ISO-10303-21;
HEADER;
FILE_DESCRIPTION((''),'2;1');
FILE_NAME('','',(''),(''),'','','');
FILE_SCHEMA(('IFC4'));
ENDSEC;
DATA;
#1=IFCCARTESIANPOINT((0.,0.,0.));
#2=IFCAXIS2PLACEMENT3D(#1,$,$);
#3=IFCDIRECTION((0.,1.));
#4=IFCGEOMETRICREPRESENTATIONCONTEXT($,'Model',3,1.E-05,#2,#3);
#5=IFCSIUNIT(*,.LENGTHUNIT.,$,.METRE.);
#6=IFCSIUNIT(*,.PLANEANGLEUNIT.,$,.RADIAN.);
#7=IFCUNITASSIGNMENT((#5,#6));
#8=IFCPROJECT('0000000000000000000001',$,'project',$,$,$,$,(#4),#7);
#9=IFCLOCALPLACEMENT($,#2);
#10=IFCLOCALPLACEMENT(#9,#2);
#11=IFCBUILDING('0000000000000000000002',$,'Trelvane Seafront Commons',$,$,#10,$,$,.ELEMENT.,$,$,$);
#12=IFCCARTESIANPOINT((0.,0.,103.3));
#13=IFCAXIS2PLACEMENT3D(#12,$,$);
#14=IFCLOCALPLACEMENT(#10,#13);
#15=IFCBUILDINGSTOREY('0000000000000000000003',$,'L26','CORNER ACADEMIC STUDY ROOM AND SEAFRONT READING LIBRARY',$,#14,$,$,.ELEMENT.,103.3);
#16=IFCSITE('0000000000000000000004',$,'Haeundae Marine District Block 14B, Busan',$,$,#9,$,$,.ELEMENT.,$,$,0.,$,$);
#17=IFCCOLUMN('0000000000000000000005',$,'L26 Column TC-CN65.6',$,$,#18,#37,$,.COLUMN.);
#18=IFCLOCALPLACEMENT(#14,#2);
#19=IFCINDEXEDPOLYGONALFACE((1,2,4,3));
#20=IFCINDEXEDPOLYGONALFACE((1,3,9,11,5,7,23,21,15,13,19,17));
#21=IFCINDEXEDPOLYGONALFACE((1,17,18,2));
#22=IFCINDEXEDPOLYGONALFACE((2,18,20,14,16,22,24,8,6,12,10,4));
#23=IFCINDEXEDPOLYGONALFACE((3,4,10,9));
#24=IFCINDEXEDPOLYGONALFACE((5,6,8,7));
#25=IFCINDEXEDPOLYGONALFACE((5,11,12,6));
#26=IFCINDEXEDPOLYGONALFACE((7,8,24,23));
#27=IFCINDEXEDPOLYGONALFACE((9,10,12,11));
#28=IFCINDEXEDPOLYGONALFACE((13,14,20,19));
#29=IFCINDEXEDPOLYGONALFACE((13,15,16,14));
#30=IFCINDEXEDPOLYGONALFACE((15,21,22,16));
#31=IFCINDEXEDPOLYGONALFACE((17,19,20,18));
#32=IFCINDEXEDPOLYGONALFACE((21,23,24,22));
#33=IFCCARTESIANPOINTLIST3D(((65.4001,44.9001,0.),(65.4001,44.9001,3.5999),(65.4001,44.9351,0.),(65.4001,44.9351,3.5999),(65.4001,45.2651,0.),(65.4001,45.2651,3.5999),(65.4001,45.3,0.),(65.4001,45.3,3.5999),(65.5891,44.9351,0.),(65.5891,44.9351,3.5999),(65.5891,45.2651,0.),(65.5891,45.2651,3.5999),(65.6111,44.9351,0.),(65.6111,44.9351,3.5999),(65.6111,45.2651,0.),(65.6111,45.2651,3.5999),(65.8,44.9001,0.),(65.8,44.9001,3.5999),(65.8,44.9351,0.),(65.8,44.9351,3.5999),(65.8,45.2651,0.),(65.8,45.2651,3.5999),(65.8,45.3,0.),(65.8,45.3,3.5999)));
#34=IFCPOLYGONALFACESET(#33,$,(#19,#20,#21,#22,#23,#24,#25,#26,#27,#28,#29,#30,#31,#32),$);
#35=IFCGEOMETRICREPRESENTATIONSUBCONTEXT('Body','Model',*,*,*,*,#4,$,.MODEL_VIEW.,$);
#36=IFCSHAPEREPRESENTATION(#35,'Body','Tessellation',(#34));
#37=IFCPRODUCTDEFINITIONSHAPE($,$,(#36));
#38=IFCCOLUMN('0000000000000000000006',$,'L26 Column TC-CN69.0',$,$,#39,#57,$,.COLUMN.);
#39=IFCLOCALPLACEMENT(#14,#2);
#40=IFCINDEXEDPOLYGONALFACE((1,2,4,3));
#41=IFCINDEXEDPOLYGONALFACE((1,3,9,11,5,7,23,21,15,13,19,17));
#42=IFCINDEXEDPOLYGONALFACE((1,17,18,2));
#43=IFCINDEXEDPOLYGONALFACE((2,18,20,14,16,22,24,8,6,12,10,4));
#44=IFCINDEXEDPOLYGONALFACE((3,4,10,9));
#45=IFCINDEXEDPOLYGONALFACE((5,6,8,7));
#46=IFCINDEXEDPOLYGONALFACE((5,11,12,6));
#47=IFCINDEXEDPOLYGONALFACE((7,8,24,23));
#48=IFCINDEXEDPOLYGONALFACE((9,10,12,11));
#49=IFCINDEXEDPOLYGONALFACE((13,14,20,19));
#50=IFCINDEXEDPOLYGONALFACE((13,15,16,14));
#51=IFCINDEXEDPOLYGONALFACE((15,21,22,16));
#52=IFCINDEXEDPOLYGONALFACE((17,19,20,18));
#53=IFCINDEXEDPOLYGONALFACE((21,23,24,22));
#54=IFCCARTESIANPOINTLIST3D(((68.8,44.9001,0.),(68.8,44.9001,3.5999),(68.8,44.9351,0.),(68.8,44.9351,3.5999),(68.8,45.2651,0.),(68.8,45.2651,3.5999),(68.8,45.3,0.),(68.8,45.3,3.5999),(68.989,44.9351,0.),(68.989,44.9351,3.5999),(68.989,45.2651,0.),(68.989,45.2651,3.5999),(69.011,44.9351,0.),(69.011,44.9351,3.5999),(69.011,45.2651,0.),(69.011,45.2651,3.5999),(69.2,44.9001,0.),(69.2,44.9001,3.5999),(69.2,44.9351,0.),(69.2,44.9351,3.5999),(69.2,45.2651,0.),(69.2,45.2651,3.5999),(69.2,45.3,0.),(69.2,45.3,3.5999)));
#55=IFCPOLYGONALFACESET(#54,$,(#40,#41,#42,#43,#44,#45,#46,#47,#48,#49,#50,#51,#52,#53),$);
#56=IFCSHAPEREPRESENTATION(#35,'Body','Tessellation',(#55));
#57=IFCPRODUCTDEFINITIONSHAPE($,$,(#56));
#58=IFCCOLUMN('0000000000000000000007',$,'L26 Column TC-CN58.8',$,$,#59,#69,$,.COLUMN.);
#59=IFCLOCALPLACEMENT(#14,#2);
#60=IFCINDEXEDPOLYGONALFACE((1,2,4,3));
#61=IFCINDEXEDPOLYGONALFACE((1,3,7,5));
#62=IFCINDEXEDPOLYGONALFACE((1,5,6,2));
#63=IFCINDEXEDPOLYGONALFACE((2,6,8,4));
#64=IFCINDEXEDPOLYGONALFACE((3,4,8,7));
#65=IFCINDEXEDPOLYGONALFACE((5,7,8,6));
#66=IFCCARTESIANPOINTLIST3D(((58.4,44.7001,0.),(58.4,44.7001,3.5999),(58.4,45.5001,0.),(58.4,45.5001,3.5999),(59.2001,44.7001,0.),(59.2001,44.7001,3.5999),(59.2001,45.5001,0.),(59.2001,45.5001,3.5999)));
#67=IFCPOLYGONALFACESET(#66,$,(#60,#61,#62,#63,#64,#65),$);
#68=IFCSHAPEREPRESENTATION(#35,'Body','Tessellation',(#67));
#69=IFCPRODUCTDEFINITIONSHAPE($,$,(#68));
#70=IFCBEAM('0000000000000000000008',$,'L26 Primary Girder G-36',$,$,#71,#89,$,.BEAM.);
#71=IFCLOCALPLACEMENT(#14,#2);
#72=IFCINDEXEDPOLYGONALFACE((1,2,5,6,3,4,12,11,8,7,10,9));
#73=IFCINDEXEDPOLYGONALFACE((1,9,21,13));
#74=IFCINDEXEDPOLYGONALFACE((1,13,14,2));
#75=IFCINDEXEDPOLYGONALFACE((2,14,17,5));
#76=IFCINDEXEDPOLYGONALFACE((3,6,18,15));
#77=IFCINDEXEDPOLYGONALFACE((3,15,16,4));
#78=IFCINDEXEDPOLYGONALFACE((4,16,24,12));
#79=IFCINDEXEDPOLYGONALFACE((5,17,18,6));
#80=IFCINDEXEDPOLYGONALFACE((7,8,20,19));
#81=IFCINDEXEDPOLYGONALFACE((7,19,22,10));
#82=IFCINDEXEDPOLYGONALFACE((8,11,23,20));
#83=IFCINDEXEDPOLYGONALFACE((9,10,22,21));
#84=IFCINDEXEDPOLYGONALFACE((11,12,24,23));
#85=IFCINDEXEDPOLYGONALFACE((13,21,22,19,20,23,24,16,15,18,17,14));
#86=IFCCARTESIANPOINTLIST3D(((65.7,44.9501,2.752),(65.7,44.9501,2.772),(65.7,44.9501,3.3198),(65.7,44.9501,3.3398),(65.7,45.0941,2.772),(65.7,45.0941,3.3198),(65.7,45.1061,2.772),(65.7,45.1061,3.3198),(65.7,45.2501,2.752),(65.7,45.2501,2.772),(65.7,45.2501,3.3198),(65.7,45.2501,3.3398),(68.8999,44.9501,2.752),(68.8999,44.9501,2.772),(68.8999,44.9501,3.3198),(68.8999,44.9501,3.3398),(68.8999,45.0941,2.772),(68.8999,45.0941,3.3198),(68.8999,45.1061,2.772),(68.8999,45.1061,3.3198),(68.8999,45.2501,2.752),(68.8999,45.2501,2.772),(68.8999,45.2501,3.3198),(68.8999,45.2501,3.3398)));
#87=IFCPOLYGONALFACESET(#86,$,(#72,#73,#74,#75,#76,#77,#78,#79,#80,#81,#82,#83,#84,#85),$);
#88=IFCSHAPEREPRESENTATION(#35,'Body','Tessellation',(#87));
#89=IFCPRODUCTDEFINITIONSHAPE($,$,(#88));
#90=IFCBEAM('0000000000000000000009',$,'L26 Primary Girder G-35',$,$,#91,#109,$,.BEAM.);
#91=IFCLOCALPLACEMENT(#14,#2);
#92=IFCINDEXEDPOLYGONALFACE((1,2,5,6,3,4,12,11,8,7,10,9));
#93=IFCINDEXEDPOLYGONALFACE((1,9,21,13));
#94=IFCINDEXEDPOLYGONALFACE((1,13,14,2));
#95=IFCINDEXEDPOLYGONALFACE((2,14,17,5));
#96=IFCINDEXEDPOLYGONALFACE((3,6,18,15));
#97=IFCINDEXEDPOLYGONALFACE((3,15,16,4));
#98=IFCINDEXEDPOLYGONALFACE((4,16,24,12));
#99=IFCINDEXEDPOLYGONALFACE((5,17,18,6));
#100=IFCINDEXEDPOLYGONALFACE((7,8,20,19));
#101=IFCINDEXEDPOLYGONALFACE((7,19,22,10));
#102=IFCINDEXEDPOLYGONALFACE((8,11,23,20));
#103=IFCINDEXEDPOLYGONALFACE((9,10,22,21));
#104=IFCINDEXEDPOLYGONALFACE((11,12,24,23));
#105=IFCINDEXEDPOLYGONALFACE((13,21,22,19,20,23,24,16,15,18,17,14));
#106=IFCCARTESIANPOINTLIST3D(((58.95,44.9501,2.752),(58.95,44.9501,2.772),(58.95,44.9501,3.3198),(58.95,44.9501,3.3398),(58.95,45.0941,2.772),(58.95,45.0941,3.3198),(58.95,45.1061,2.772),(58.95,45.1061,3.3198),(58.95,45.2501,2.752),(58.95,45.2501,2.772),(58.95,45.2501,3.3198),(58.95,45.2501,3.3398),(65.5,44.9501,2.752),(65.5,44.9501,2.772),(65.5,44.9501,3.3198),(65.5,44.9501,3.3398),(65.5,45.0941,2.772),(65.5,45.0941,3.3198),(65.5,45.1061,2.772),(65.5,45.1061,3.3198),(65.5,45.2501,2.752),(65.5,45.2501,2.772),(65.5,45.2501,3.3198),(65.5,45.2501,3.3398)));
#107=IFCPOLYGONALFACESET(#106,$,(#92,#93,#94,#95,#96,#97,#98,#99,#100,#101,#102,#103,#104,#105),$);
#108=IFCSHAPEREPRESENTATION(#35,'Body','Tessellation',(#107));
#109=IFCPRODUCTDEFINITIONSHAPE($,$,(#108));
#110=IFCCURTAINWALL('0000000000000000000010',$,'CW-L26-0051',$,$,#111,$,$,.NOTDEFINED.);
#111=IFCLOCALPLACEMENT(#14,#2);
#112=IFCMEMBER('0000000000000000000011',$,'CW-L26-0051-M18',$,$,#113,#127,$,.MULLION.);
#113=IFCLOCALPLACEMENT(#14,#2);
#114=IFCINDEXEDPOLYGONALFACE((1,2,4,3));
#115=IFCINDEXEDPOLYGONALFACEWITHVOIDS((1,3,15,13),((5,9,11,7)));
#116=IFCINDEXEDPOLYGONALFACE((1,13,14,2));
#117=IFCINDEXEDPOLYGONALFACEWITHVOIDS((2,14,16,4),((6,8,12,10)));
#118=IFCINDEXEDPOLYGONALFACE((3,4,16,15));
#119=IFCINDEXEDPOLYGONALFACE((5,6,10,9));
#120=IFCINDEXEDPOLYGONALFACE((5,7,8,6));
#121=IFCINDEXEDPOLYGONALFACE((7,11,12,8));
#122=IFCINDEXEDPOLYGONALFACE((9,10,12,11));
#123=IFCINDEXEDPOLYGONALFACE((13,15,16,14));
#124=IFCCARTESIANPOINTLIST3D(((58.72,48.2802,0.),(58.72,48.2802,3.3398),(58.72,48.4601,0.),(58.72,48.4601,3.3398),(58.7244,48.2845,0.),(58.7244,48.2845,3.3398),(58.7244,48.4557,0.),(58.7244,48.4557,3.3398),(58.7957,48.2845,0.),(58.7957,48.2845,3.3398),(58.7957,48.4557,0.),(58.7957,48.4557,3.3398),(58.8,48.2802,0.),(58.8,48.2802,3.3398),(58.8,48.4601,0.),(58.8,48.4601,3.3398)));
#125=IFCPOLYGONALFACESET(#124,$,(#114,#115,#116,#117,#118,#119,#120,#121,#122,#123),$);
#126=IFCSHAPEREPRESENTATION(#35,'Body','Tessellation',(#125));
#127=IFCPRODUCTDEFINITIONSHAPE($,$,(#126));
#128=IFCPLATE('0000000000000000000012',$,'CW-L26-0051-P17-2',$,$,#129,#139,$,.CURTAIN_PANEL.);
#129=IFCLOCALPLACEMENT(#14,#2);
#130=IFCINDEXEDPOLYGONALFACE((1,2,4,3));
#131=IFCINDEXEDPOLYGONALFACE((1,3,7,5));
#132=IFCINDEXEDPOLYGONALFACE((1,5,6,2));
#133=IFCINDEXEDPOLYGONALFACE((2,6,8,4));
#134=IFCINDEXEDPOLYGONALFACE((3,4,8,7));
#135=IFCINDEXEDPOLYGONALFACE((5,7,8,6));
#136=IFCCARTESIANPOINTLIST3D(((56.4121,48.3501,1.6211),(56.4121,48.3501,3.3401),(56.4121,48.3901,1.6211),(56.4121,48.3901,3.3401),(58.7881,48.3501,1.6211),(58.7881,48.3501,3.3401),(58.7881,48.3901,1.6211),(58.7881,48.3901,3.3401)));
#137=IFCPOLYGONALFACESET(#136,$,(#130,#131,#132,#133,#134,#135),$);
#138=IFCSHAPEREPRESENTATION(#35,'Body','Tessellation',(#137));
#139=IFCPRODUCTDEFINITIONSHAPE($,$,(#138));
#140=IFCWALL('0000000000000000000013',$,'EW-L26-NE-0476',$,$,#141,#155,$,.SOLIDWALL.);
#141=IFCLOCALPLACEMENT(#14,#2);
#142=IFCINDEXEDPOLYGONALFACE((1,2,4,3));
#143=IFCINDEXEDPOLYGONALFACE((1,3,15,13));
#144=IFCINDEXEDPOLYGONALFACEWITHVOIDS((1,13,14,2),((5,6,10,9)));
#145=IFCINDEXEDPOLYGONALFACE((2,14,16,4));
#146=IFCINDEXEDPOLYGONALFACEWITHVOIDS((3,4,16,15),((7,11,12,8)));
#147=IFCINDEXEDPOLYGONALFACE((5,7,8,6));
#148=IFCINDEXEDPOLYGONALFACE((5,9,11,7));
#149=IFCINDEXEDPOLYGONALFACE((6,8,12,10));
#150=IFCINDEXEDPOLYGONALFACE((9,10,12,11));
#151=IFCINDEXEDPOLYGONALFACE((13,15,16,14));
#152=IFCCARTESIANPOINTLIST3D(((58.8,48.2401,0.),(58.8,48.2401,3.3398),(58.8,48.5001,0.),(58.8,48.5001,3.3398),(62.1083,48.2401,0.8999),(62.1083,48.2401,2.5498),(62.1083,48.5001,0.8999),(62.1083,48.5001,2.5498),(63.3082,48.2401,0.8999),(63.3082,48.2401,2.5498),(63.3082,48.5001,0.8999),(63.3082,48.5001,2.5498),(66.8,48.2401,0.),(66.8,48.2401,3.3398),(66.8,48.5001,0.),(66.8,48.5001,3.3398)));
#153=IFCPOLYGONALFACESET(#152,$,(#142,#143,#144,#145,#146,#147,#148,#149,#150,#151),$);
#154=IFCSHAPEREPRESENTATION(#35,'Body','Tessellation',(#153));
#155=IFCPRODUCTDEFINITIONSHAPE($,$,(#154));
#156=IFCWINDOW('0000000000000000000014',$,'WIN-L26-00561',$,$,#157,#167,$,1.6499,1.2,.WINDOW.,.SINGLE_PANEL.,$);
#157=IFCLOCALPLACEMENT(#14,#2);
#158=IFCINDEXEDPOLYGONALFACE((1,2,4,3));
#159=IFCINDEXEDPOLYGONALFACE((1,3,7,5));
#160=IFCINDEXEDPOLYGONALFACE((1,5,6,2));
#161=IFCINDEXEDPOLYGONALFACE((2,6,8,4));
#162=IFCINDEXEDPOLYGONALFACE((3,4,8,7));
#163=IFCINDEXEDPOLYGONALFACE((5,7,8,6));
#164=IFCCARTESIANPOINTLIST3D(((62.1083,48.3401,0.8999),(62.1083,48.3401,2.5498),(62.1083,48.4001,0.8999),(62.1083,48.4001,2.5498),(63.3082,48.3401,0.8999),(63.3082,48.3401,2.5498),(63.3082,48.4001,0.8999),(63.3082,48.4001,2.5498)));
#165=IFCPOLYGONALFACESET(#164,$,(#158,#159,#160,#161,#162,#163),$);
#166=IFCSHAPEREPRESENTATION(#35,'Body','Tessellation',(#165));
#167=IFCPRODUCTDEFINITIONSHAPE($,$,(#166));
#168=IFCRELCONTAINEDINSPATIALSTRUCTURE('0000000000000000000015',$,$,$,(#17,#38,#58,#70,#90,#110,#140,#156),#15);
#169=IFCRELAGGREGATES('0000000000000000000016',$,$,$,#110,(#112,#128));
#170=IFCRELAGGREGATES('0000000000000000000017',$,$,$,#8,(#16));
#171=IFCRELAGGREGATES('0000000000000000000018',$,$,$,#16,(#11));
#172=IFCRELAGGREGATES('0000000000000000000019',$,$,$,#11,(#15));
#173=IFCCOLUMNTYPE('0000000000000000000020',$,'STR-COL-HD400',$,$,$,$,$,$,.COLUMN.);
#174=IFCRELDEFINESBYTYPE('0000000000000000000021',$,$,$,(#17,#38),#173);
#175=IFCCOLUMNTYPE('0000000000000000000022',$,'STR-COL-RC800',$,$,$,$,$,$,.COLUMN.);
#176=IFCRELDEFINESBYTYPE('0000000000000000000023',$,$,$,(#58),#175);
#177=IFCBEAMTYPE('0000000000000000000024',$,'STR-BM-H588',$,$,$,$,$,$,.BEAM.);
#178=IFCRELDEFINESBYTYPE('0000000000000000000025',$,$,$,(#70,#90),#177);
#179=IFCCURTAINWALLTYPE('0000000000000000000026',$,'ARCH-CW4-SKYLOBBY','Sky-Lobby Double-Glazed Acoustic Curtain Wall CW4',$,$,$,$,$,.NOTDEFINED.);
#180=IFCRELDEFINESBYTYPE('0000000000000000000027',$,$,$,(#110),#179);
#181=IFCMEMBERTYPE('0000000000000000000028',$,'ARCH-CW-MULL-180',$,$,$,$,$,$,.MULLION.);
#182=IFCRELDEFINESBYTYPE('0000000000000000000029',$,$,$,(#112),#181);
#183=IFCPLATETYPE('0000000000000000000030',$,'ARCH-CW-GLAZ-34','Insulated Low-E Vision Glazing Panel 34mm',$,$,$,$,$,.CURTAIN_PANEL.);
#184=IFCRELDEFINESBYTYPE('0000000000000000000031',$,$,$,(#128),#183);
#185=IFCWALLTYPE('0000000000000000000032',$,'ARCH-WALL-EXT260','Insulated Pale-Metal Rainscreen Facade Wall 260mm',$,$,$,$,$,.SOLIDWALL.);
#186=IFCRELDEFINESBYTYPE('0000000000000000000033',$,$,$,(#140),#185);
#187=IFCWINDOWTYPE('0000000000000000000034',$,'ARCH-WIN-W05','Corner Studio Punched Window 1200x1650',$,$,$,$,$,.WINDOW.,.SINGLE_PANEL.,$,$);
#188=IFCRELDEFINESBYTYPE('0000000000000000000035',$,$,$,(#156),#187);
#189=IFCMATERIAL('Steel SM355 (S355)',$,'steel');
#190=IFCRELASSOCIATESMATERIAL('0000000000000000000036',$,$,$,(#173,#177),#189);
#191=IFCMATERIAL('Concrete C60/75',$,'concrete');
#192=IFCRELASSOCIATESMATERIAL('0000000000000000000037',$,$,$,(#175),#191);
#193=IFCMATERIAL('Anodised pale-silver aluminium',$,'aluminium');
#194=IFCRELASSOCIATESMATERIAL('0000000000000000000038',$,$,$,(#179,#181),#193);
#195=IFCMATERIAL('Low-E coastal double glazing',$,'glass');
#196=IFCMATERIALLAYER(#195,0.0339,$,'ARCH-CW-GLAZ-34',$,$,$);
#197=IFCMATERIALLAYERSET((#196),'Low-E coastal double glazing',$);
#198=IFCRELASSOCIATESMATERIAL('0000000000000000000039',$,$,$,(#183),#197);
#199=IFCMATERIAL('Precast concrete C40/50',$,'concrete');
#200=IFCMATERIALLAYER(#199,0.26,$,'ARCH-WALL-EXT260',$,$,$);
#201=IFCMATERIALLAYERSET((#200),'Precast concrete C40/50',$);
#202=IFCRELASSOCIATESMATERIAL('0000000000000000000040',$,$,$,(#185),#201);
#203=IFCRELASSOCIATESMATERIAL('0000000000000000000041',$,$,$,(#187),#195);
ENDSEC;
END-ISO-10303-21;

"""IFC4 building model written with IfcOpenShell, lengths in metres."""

from ifc_helpers import new_model, si_unit, direction, frame, frame_2d, origin, origin_2d, place, context, subcontext, project, spatial, rectangle, hollow_rectangle, i_section, extrude, source, transform, mapped, material, layer, layer_set, material_profile, profile_set, type_object, element, fill, aggregate, save


model = new_model("IFC4")

# Units and contexts
model_context = context("Model", 3, precision=1e-05, world=origin(), true_north=direction((0.0, 1.0)))
body_context = subcontext(model_context, "Body", "Model", "MODEL_VIEW")
ifc_project = project(units=[si_unit("LENGTHUNIT", "METRE"), si_unit("PLANEANGLEUNIT", "RADIAN")], contexts=[model_context])

# Site, building, storey
site_placement = place(None, origin())
site = spatial("IfcSite", under=ifc_project, at=site_placement, Name="Haeundae Marine District Block 14B, Busan", CompositionType="ELEMENT", RefElevation=0.0)
building_placement = place(site_placement, origin())
building = spatial("IfcBuilding", under=site, at=building_placement, Name="Trelvane Seafront Commons", CompositionType="ELEMENT")
storey_placement = place(building_placement, frame((0.0, 0.0, 103.3)))
storey = spatial("IfcBuildingStorey", under=building, at=storey_placement, Name="L26", Description="CORNER ACADEMIC STUDY ROOM AND SEAFRONT READING LIBRARY", CompositionType="ELEMENT", Elevation=103.3)

# Columns
ifc_material_1 = material(Name="Steel SM355 (S355)", Category="steel")
ifc_material_profile_1 = material_profile(ifc_material_1, i_section(OverallWidth=0.3999, OverallDepth=0.3999, WebThickness=0.022, FlangeThickness=0.0349, at=origin_2d()), Name="HD-400x400x22x35")
ifc_profile_set_1 = profile_set([ifc_material_profile_1], Name="Steel SM355 (S355)")
column_type_1 = type_object("IfcColumnType", Name="STR-COL-HD400", PredefinedType="COLUMN", material=ifc_profile_set_1)
shared_shape_1 = source(origin(), body_context, "Body", "SweptSolid", [
    extrude(i_section(OverallWidth=0.3999, OverallDepth=0.3999, WebThickness=0.022, FlangeThickness=0.0349, at=origin_2d()), origin(), (0.0, 0.0, 1.0), 3.5999),
])
for number, where, z_axis, x_axis, name in (
    (1, (65.6001, 45.1001, 0.0), (0.0, 0.0, 1.0), (1.0, 0.0, 0.0), "L26 Column TC-CN65.6"),
    (2, (69.0, 45.1001, 0.0), (0.0, 0.0, 1.0), (1.0, 0.0, 0.0), "L26 Column TC-CN69.0"),
):
    element("IfcColumn", number, at=place(storey_placement, frame(where, z_axis=z_axis, x_axis=x_axis)), inside=storey, type_object=column_type_1, Name=name, PredefinedType="COLUMN", context=body_context, shape_type="MappedRepresentation", body=[
        mapped(shared_shape_1, transform((0.0, 0.0, 0.0), x_axis=(1.0, 0.0, 0.0), y_axis=(0.0, 1.0, 0.0), z_axis=(0.0, 0.0, 1.0), scale=1.0)),
    ])
ifc_material_2 = material(Name="Concrete C60/75", Category="concrete")
ifc_material_profile_2 = material_profile(ifc_material_2, rectangle(XDim=0.8, YDim=0.8, at=origin_2d()), Name="RC-800x800")
ifc_profile_set_2 = profile_set([ifc_material_profile_2], Name="Concrete C60/75")
column_type_2 = type_object("IfcColumnType", Name="STR-COL-RC800", PredefinedType="COLUMN", material=ifc_profile_set_2)
shared_shape_2 = source(origin(), body_context, "Body", "SweptSolid", [
    extrude(rectangle(XDim=0.8, YDim=0.8, at=origin_2d()), origin(), (0.0, 0.0, 1.0), 3.5999),
])
column_placement = place(storey_placement, frame((58.8, 45.1001, 0.0), z_axis=(0.0, 0.0, 1.0), x_axis=(1.0, 0.0, 0.0)))
element("IfcColumn", 3, at=column_placement, inside=storey, type_object=column_type_2, Name="L26 Column TC-CN58.8", PredefinedType="COLUMN", context=body_context, shape_type="MappedRepresentation", body=[
    mapped(shared_shape_2, transform((0.0, 0.0, 0.0), x_axis=(1.0, 0.0, 0.0), y_axis=(0.0, 1.0, 0.0), z_axis=(0.0, 0.0, 1.0), scale=1.0)),
])

# Beams
ifc_material_profile_3 = material_profile(ifc_material_1, i_section(OverallWidth=0.3, OverallDepth=0.5879, WebThickness=0.012, FlangeThickness=0.02, at=origin_2d()), Name="H-588x300x12x20")
ifc_profile_set_3 = profile_set([ifc_material_profile_3], Name="Steel SM355 (S355)")
beam_type = type_object("IfcBeamType", Name="STR-BM-H588", PredefinedType="BEAM", material=ifc_profile_set_3)
shared_shape_3 = source(origin(), body_context, "Body", "SweptSolid", [
    extrude(i_section(OverallWidth=0.3, OverallDepth=0.5879, WebThickness=0.012, FlangeThickness=0.02, at=origin_2d()), origin(), (0.0, 0.0, 1.0), 3.2),
])
beam_1_placement = place(storey_placement, frame((65.7, 45.1001, 3.0459), z_axis=(1.0, 0.0, 0.0), x_axis=(0.0, 1.0, 0.0)))
element("IfcBeam", 4, at=beam_1_placement, inside=storey, type_object=beam_type, Name="L26 Primary Girder G-36", PredefinedType="BEAM", context=body_context, shape_type="MappedRepresentation", body=[
    mapped(shared_shape_3, transform((0.0, 0.0, 0.0), x_axis=(1.0, 0.0, 0.0), y_axis=(0.0, 1.0, 0.0), z_axis=(0.0, 0.0, 1.0), scale=1.0)),
])
shared_shape_4 = source(origin(), body_context, "Body", "SweptSolid", [
    extrude(i_section(OverallWidth=0.3, OverallDepth=0.5879, WebThickness=0.012, FlangeThickness=0.02, at=origin_2d()), origin(), (0.0, 0.0, 1.0), 6.55),
])
beam_2_placement = place(storey_placement, frame((58.95, 45.1001, 3.0459), z_axis=(1.0, 0.0, 0.0), x_axis=(0.0, 1.0, 0.0)))
element("IfcBeam", 5, at=beam_2_placement, inside=storey, type_object=beam_type, Name="L26 Primary Girder G-35", PredefinedType="BEAM", context=body_context, shape_type="MappedRepresentation", body=[
    mapped(shared_shape_4, transform((0.0, 0.0, 0.0), x_axis=(1.0, 0.0, 0.0), y_axis=(0.0, 1.0, 0.0), z_axis=(0.0, 0.0, 1.0), scale=1.0)),
])

# Curtain wall, member, plate
ifc_material_3 = material(Name="Anodised pale-silver aluminium", Category="aluminium")
curtain_wall_type = type_object("IfcCurtainWallType", Name="ARCH-CW4-SKYLOBBY", Description="Sky-Lobby Double-Glazed Acoustic Curtain Wall CW4", PredefinedType="NOTDEFINED", material=ifc_material_3)
curtain_wall_placement = place(storey_placement, origin())
curtain_wall = element("IfcCurtainWall", 6, at=curtain_wall_placement, inside=storey, type_object=curtain_wall_type, Name="CW-L26-0051", PredefinedType="NOTDEFINED")
ifc_material_profile_4 = material_profile(ifc_material_3, hollow_rectangle(XDim=0.0801, YDim=0.1799, WallThickness=0.0044, at=origin_2d()), Name="MULL-80x180x4.5")
ifc_profile_set_4 = profile_set([ifc_material_profile_4], Name="Anodised pale-silver aluminium")
member_type = type_object("IfcMemberType", Name="ARCH-CW-MULL-180", PredefinedType="MULLION", material=ifc_profile_set_4)
shared_shape_5 = source(origin(), body_context, "Body", "SweptSolid", [
    extrude(hollow_rectangle(XDim=0.0801, YDim=0.1799, WallThickness=0.0044, at=origin_2d()), origin(), (0.0, 0.0, 1.0), 3.3398),
])
member_placement = place(storey_placement, frame((58.76, 48.3701, 0.0), z_axis=(0.0, 0.0, 1.0), x_axis=(1.0, 0.0, 0.0)))
member = element("IfcMember", 7, at=member_placement, type_object=member_type, Name="CW-L26-0051-M18", PredefinedType="MULLION", context=body_context, shape_type="MappedRepresentation", body=[
    mapped(shared_shape_5, transform((0.0, 0.0, 0.0), x_axis=(1.0, 0.0, 0.0), y_axis=(0.0, 1.0, 0.0), z_axis=(0.0, 0.0, 1.0), scale=1.0)),
])
ifc_material_4 = material(Name="Low-E coastal double glazing", Category="glass")
ifc_layer_1 = layer(ifc_material_4, 0.0339, Name="ARCH-CW-GLAZ-34")
ifc_layer_set_1 = layer_set([ifc_layer_1], Name="Low-E coastal double glazing")
plate_type = type_object("IfcPlateType", Name="ARCH-CW-GLAZ-34", Description="Insulated Low-E Vision Glazing Panel 34mm", PredefinedType="CURTAIN_PANEL", material=ifc_layer_set_1)
shared_shape_6 = source(origin(), body_context, "Body", "SweptSolid", [
    extrude(rectangle(XDim=2.376, YDim=0.04, at=origin_2d()), origin(), (0.0, 0.0, 1.0), 1.719),
])
plate_placement = place(storey_placement, frame((57.6001, 48.3701, 1.6211), z_axis=(0.0, 0.0, 1.0), x_axis=(1.0, 0.0, 0.0)))
plate = element("IfcPlate", 8, at=plate_placement, type_object=plate_type, Name="CW-L26-0051-P17-2", PredefinedType="CURTAIN_PANEL", context=body_context, shape_type="MappedRepresentation", body=[
    mapped(shared_shape_6, transform((0.0, 0.0, 0.0), x_axis=(1.0, 0.0, 0.0), y_axis=(0.0, 1.0, 0.0), z_axis=(0.0, 0.0, 1.0), scale=1.0)),
])
aggregate(curtain_wall, [member, plate])

# Wall, opening, window
ifc_material_5 = material(Name="Precast concrete C40/50", Category="concrete")
ifc_layer_2 = layer(ifc_material_5, 0.26, Name="ARCH-WALL-EXT260")
ifc_layer_set_2 = layer_set([ifc_layer_2], Name="Precast concrete C40/50")
wall_type = type_object("IfcWallType", Name="ARCH-WALL-EXT260", Description="Insulated Pale-Metal Rainscreen Facade Wall 260mm", PredefinedType="SOLIDWALL", material=ifc_layer_set_2)
wall_1_placement = place(storey_placement, frame((58.8, 48.3701, 0.0), z_axis=(0.0, 0.0, 1.0), x_axis=(1.0, 0.0, 0.0)))
wall_1 = element("IfcWall", 9, at=wall_1_placement, inside=storey, type_object=wall_type, Name="EW-L26-NE-0476", PredefinedType="SOLIDWALL", context=body_context, shape_type="SweptSolid", body=[
    extrude(rectangle(XDim=8.0, YDim=0.26, at=frame_2d((4.0, 0.0))), origin(), (0.0, 0.0, 1.0), 3.3398),
])
opening_1_placement = place(wall_1_placement, frame((3.3081, 0.0, 0.8999)))
opening_1 = element("IfcOpeningElement", 10, at=opening_1_placement, cuts=wall_1, PredefinedType="OPENING", context=body_context, shape_type="SweptSolid", body=[
    extrude(rectangle(XDim=1.2, YDim=1.6499, at=frame_2d((0.6001, 0.825))), frame((0.0, 0.1399, 0.0), z_axis=(0.0, -1.0, 0.0), x_axis=(1.0, 0.0, 0.0)), (0.0, 0.0, 1.0), 0.28),
])
window_type_1 = type_object("IfcWindowType", Name="ARCH-WIN-W05", Description="Corner Studio Punched Window 1200x1650", PartitioningType="SINGLE_PANEL", PredefinedType="WINDOW", material=ifc_material_4)
shared_shape_7 = source(origin(), body_context, "Body", "SweptSolid", [
    extrude(rectangle(XDim=1.2, YDim=1.6499, at=frame_2d((0.6001, 0.825))), frame((0.0, 0.03, 0.0), z_axis=(0.0, -1.0, 0.0), x_axis=(1.0, 0.0, 0.0)), (0.0, 0.0, 1.0), 0.0601),
])
window_1_placement = place(opening_1_placement, origin())
window_1 = element("IfcWindow", 11, at=window_1_placement, inside=storey, type_object=window_type_1, Name="WIN-L26-00561", OverallHeight=1.6499, OverallWidth=1.2, PartitioningType="SINGLE_PANEL", PredefinedType="WINDOW", context=body_context, shape_type="MappedRepresentation", body=[
    mapped(shared_shape_7, transform((0.0, 0.0, 0.0), x_axis=(1.0, 0.0, 0.0), y_axis=(0.0, 1.0, 0.0), z_axis=(0.0, 0.0, 1.0), scale=1.0)),
])
fill(opening_1, window_1)

save(model, "model.ifc")
